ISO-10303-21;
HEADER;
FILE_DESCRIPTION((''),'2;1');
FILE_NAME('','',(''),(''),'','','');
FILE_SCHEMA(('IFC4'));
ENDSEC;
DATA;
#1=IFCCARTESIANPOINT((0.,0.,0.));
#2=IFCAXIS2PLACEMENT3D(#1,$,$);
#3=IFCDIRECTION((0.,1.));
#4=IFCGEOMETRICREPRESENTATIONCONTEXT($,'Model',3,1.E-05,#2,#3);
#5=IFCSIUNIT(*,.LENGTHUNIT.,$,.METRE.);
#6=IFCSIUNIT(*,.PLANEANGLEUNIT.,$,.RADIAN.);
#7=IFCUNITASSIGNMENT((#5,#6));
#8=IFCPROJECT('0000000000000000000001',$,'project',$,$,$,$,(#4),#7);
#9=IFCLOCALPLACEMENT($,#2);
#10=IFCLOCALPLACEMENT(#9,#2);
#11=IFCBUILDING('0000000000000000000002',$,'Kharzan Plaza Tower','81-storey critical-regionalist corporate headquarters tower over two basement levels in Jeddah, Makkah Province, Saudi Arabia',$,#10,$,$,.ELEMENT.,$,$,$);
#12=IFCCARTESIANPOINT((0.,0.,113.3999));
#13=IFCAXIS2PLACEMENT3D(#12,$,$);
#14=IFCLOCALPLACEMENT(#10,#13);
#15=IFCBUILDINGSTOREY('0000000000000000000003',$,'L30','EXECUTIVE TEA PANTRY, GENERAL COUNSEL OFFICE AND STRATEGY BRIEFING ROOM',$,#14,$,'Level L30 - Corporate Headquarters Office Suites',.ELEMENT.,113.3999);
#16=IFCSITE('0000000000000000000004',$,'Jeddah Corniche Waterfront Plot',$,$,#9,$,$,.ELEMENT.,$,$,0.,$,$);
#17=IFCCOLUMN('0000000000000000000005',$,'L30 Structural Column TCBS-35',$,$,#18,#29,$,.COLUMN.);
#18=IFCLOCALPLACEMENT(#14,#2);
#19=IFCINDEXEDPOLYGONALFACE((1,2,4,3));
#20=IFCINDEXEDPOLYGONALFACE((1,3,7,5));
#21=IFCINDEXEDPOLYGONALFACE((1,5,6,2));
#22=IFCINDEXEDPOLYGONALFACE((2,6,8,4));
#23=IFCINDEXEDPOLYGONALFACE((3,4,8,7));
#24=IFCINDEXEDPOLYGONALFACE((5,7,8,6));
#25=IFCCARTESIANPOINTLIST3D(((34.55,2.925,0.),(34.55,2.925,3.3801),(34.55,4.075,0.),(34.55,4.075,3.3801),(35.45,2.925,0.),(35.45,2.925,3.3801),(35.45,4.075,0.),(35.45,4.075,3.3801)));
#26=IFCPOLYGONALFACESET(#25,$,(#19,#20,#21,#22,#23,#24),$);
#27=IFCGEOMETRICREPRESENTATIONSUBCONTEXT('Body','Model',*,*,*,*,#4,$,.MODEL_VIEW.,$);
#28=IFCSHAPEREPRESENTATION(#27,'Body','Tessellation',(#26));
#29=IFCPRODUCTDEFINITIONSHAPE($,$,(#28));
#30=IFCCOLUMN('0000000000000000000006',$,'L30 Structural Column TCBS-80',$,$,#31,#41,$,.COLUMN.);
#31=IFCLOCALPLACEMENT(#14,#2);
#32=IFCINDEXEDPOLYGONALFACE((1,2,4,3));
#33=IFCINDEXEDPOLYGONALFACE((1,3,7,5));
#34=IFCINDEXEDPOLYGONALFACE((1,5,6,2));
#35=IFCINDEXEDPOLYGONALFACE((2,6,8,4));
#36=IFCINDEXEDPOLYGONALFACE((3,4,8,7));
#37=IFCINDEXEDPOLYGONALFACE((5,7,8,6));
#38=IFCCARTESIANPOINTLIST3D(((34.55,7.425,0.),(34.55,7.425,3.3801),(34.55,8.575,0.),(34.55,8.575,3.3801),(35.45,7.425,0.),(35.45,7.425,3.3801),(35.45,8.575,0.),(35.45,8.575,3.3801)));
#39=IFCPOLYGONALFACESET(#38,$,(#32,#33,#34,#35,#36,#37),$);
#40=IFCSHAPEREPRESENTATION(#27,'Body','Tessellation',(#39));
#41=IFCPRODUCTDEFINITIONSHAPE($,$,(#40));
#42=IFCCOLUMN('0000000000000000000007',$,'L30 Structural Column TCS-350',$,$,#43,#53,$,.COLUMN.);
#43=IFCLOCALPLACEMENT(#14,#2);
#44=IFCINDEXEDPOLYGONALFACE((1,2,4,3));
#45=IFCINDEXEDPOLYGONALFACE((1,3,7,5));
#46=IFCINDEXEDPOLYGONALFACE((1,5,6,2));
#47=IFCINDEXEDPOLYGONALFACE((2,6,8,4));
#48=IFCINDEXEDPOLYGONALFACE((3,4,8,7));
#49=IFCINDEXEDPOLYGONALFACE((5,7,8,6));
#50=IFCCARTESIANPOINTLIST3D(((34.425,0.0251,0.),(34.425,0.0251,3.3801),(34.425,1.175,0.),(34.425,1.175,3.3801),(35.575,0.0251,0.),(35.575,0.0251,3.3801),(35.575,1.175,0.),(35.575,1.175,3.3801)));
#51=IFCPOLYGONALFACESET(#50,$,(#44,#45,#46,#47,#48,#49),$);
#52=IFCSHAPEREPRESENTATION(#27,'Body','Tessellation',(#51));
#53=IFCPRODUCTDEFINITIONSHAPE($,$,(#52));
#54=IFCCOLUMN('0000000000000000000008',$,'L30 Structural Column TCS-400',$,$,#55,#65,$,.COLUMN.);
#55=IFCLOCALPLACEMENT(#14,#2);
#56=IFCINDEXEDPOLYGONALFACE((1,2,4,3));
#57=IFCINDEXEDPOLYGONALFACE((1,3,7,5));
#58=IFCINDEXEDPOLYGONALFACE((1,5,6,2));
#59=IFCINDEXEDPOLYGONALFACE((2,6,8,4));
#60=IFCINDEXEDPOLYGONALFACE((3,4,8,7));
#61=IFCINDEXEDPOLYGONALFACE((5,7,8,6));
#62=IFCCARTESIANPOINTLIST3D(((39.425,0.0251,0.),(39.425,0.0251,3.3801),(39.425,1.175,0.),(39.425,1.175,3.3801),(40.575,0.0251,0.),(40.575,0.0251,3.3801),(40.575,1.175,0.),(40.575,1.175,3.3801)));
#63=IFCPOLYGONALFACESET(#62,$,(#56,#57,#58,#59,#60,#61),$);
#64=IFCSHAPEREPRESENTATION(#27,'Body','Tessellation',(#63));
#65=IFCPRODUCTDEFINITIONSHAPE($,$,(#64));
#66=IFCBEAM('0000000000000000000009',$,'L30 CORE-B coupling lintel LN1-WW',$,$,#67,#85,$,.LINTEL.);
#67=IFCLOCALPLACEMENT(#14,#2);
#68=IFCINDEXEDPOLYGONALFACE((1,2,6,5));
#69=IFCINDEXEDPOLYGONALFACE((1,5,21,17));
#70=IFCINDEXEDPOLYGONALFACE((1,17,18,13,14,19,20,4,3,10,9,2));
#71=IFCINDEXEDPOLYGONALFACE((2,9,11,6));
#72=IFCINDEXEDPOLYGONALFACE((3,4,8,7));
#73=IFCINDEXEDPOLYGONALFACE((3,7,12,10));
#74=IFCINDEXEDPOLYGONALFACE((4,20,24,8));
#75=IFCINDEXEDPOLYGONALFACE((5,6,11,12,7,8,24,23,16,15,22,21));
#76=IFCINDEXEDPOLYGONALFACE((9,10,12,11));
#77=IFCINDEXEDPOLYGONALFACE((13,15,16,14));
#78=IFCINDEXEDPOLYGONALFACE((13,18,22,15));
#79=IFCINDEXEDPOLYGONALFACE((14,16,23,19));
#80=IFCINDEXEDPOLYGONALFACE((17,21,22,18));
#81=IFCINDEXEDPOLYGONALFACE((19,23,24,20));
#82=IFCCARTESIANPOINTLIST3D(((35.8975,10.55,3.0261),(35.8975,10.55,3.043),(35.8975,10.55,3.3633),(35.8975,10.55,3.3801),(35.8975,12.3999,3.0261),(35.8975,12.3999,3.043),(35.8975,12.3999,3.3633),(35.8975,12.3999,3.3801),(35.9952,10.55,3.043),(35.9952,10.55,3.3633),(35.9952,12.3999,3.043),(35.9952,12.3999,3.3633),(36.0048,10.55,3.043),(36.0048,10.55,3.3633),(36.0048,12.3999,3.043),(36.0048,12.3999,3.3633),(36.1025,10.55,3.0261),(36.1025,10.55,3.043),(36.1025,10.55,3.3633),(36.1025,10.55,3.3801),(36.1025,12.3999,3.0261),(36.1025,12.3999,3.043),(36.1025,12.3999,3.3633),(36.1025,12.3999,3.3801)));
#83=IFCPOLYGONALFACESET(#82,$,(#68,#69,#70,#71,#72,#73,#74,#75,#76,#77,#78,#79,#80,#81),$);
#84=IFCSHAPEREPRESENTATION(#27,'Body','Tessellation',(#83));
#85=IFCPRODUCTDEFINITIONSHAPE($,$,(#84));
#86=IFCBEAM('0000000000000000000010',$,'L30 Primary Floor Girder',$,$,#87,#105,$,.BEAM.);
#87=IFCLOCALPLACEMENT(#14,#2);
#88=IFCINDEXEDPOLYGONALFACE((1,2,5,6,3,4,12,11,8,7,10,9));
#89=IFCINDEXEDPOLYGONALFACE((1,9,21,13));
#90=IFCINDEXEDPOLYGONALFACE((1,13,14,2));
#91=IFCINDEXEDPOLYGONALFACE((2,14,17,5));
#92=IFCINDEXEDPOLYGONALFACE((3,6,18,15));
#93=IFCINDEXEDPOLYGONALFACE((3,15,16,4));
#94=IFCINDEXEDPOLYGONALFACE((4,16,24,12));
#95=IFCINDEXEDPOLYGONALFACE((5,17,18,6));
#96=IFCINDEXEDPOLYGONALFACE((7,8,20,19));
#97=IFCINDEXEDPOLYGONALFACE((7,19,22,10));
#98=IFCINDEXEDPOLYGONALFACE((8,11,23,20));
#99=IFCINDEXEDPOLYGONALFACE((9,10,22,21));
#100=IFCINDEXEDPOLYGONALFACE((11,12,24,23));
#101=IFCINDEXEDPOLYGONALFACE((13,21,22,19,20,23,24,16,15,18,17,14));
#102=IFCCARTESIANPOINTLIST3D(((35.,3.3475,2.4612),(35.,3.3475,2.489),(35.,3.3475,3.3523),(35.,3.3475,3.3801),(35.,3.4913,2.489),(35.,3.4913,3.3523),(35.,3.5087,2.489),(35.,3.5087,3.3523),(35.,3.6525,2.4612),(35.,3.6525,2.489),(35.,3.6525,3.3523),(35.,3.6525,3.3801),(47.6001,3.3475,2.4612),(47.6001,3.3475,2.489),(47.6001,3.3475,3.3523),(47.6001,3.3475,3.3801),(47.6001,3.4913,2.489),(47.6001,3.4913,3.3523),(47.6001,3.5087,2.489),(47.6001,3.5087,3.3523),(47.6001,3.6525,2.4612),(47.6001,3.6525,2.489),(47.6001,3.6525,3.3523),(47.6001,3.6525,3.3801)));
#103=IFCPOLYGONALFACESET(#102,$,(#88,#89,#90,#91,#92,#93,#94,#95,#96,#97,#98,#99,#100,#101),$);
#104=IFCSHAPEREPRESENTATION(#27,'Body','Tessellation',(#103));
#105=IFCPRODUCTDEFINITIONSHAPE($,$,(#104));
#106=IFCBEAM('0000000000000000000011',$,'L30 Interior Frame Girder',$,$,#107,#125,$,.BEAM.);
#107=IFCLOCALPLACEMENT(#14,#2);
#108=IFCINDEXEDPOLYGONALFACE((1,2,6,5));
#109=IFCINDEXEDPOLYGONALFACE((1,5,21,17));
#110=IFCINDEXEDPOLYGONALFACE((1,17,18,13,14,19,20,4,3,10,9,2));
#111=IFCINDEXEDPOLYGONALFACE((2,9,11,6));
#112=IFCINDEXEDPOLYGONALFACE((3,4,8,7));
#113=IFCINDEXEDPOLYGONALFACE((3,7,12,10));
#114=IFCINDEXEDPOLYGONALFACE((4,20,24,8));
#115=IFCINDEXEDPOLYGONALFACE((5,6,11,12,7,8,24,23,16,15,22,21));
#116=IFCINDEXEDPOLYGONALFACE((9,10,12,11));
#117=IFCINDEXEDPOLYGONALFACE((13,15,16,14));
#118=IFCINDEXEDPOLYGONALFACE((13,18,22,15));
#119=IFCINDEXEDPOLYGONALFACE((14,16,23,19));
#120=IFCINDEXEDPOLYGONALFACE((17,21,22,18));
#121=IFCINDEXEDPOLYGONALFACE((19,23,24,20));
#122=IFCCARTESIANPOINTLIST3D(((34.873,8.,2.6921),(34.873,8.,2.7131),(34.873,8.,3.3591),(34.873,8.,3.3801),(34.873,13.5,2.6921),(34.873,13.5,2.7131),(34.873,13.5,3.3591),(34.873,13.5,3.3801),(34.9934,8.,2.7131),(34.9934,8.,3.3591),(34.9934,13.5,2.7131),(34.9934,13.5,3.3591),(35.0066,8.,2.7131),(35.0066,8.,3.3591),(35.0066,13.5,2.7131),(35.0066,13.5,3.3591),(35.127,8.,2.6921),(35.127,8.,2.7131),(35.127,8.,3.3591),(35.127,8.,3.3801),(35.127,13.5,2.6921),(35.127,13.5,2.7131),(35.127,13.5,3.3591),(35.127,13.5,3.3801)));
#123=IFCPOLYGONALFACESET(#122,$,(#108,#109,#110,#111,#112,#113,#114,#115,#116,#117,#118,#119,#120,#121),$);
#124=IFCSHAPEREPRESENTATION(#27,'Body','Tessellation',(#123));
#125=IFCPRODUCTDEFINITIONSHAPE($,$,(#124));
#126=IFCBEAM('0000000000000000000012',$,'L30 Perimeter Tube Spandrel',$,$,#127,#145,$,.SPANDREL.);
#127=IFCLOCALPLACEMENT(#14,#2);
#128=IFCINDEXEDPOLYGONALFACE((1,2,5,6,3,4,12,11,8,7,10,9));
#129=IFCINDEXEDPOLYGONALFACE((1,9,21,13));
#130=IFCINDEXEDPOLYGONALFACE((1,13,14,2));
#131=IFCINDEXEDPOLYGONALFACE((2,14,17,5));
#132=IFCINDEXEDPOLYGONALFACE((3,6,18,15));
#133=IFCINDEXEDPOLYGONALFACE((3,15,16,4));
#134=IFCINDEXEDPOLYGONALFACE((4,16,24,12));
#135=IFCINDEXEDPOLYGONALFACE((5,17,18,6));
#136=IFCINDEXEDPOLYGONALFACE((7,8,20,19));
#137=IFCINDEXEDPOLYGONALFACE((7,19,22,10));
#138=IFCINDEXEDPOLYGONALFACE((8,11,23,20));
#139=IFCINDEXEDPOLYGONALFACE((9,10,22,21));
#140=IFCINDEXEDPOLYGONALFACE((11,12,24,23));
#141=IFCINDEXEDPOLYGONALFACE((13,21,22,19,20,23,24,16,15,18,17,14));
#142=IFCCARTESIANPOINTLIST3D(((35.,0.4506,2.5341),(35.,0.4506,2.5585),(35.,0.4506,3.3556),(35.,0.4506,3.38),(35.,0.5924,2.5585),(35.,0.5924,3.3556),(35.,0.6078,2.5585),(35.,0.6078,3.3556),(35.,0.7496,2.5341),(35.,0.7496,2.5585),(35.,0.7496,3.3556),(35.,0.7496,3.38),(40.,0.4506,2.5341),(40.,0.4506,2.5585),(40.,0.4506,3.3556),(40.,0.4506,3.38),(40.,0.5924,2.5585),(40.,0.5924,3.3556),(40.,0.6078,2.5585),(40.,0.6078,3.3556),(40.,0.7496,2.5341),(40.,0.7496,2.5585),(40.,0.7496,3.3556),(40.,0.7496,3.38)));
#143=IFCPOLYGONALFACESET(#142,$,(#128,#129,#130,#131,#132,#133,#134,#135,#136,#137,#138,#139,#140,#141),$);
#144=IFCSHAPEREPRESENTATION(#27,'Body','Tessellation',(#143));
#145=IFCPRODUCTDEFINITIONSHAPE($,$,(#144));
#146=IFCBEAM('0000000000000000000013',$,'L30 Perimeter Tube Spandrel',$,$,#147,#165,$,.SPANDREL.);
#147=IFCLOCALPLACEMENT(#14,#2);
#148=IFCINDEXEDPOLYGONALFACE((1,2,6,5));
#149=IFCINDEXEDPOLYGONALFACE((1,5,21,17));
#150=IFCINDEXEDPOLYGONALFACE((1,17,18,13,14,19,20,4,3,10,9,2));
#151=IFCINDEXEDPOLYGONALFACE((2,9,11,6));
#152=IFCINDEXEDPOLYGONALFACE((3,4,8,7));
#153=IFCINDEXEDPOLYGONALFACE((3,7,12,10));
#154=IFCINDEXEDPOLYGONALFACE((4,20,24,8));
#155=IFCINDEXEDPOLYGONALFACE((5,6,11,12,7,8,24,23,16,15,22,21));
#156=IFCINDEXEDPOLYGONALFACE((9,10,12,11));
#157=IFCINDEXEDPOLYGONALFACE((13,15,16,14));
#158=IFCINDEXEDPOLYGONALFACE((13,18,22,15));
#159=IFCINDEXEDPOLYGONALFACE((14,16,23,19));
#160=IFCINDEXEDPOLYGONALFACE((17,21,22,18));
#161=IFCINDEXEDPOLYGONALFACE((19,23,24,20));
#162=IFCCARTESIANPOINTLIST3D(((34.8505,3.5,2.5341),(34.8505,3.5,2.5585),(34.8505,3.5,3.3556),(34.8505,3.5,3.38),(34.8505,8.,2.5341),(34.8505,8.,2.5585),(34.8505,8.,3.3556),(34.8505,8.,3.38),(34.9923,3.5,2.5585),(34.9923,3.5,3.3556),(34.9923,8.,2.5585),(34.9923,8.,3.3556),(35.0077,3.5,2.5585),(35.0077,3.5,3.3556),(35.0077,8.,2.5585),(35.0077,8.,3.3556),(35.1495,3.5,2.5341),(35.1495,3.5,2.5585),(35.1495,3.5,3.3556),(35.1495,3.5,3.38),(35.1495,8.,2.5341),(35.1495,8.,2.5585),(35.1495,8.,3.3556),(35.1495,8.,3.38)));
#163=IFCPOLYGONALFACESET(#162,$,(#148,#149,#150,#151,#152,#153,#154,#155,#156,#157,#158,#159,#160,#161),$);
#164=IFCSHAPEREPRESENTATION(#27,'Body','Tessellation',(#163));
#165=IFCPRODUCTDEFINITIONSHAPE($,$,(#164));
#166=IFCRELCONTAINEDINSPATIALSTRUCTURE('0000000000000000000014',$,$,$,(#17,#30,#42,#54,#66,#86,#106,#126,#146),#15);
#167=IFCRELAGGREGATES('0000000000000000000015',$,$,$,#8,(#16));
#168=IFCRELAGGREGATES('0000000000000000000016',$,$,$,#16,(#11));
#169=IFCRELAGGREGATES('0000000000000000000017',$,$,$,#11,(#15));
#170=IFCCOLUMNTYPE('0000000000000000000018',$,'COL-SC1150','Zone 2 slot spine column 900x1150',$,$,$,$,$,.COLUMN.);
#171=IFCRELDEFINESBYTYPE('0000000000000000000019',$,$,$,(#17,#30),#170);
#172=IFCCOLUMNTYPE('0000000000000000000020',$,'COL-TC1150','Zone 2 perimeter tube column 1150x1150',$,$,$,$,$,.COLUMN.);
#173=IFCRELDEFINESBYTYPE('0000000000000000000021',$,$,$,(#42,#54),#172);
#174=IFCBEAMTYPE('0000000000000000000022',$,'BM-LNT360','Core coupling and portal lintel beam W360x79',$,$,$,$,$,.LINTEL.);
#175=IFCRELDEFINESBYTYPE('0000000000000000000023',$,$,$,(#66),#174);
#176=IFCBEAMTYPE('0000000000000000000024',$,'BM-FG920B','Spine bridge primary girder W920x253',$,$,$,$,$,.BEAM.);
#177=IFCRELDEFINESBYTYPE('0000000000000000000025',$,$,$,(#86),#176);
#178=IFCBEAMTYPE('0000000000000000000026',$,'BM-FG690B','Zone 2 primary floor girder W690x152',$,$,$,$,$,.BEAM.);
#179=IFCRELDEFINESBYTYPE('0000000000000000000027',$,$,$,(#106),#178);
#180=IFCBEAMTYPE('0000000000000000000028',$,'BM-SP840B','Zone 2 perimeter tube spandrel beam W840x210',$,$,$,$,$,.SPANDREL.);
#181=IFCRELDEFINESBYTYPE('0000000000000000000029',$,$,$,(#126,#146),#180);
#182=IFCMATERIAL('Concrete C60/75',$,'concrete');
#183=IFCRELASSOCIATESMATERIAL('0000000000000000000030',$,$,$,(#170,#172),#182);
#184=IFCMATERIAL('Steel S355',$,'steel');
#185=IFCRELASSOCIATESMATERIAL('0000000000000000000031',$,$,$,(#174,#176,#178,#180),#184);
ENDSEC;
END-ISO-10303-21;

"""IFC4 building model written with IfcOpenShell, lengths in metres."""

from ifc_helpers import new_model, si_unit, direction, frame, origin, origin_2d, place, context, subcontext, project, spatial, rectangle, i_section, extrude, source, transform, mapped, material, material_profile, profile_set, type_object, element, save


model = new_model("IFC4")

# Units and contexts
model_context = context("Model", 3, precision=1e-05, world=origin(), true_north=direction((0.0, 1.0)))
body_context = subcontext(model_context, "Body", "Model", "MODEL_VIEW")
ifc_project = project(units=[si_unit("LENGTHUNIT", "METRE"), si_unit("PLANEANGLEUNIT", "RADIAN")], contexts=[model_context])

# Site, building, storey
site_placement = place(None, origin())
site = spatial("IfcSite", under=ifc_project, at=site_placement, Name="Jeddah Corniche Waterfront Plot", CompositionType="ELEMENT", RefElevation=0.0)
building_placement = place(site_placement, origin())
building = spatial("IfcBuilding", under=site, at=building_placement, Name="Kharzan Plaza Tower", Description="81-storey critical-regionalist corporate headquarters tower over two basement levels in Jeddah, Makkah Province, Saudi Arabia", CompositionType="ELEMENT")
storey_placement = place(building_placement, frame((0.0, 0.0, 113.3999)))
storey = spatial("IfcBuildingStorey", under=building, at=storey_placement, Name="L30", Description="EXECUTIVE TEA PANTRY, GENERAL COUNSEL OFFICE AND STRATEGY BRIEFING ROOM", LongName="Level L30 - Corporate Headquarters Office Suites", CompositionType="ELEMENT", Elevation=113.3999)

# Columns
ifc_material_1 = material(Name="Concrete C60/75", Category="concrete")
ifc_material_profile_1 = material_profile(ifc_material_1, rectangle(XDim=0.8999, YDim=1.1499, at=origin_2d()), Name="RC-SC1150x900")
ifc_profile_set_1 = profile_set([ifc_material_profile_1], Name="Concrete C60/75")
column_type_1 = type_object("IfcColumnType", Name="COL-SC1150", Description="Zone 2 slot spine column 900x1150", PredefinedType="COLUMN", material=ifc_profile_set_1)
shared_shape_1 = source(origin(), body_context, "Body", "SweptSolid", [
    extrude(rectangle(XDim=0.8999, YDim=1.1499, at=origin_2d()), origin(), (0.0, 0.0, 1.0), 3.3801),
])
for number, where, z_axis, x_axis, name in (
    (1, (35.0, 3.5, 0.0), (0.0, 0.0, 1.0), (1.0, 0.0, 0.0), "L30 Structural Column TCBS-35"),
    (2, (35.0, 8.0, 0.0), (0.0, 0.0, 1.0), (1.0, 0.0, 0.0), "L30 Structural Column TCBS-80"),
):
    element("IfcColumn", number, at=place(storey_placement, frame(where, z_axis=z_axis, x_axis=x_axis)), inside=storey, type_object=column_type_1, Name=name, PredefinedType="COLUMN", context=body_context, shape_type="MappedRepresentation", body=[
        mapped(shared_shape_1, transform((0.0, 0.0, 0.0), x_axis=(1.0, 0.0, 0.0), y_axis=(0.0, 1.0, 0.0), z_axis=(0.0, 0.0, 1.0))),
    ])
ifc_material_profile_2 = material_profile(ifc_material_1, rectangle(XDim=1.1499, YDim=1.1499, at=origin_2d()), Name="RC-TC1150x1150")
ifc_profile_set_2 = profile_set([ifc_material_profile_2], Name="Concrete C60/75")
column_type_2 = type_object("IfcColumnType", Name="COL-TC1150", Description="Zone 2 perimeter tube column 1150x1150", PredefinedType="COLUMN", material=ifc_profile_set_2)
shared_shape_2 = source(origin(), body_context, "Body", "SweptSolid", [
    extrude(rectangle(XDim=1.1499, YDim=1.1499, at=origin_2d()), origin(), (0.0, 0.0, 1.0), 3.3801),
])
for number, where, z_axis, x_axis, name in (
    (3, (35.0, 0.6001, 0.0), (0.0, 0.0, 1.0), (1.0, 0.0, 0.0), "L30 Structural Column TCS-350"),
    (4, (40.0, 0.6001, 0.0), (0.0, 0.0, 1.0), (1.0, 0.0, 0.0), "L30 Structural Column TCS-400"),
):
    element("IfcColumn", number, at=place(storey_placement, frame(where, z_axis=z_axis, x_axis=x_axis)), inside=storey, type_object=column_type_2, Name=name, PredefinedType="COLUMN", context=body_context, shape_type="MappedRepresentation", body=[
        mapped(shared_shape_2, transform((0.0, 0.0, 0.0), x_axis=(1.0, 0.0, 0.0), y_axis=(0.0, 1.0, 0.0), z_axis=(0.0, 0.0, 1.0))),
    ])

# Beams
ifc_material_2 = material(Name="Steel S355", Category="steel")
ifc_material_profile_3 = material_profile(ifc_material_2, i_section(OverallWidth=0.2051, OverallDepth=0.354, WebThickness=0.0095, FlangeThickness=0.0168, at=origin_2d()), Name="W360x79")
ifc_profile_set_3 = profile_set([ifc_material_profile_3], Name="Steel S355")
beam_type_1 = type_object("IfcBeamType", Name="BM-LNT360", Description="Core coupling and portal lintel beam W360x79", PredefinedType="LINTEL", material=ifc_profile_set_3)
shared_shape_3 = source(origin(), body_context, "Body", "SweptSolid", [
    extrude(i_section(OverallWidth=0.2051, OverallDepth=0.354, WebThickness=0.0095, FlangeThickness=0.0168, at=origin_2d()), origin(), (0.0, 0.0, 1.0), 1.8499),
])
beam_1_placement = place(storey_placement, frame((36.0, 10.55, 3.2031), z_axis=(0.0, 1.0, 0.0), x_axis=(-1.0, 0.0, 0.0)))
element("IfcBeam", 5, at=beam_1_placement, inside=storey, type_object=beam_type_1, Name="L30 CORE-B coupling lintel LN1-WW", PredefinedType="LINTEL", context=body_context, shape_type="MappedRepresentation", body=[
    mapped(shared_shape_3, transform((0.0, 0.0, 0.0), x_axis=(1.0, 0.0, 0.0), y_axis=(0.0, 1.0, 0.0), z_axis=(0.0, 0.0, 1.0))),
])
ifc_material_profile_4 = material_profile(ifc_material_2, i_section(OverallWidth=0.3049, OverallDepth=0.9189, WebThickness=0.0173, FlangeThickness=0.0278, at=origin_2d()), Name="W920x253")
ifc_profile_set_4 = profile_set([ifc_material_profile_4], Name="Steel S355")
beam_type_2 = type_object("IfcBeamType", Name="BM-FG920B", Description="Spine bridge primary girder W920x253", PredefinedType="BEAM", material=ifc_profile_set_4)
shared_shape_4 = source(origin(), body_context, "Body", "SweptSolid", [
    extrude(i_section(OverallWidth=0.3049, OverallDepth=0.9189, WebThickness=0.0173, FlangeThickness=0.0278, at=origin_2d()), origin(), (0.0, 0.0, 1.0), 12.6001),
])
beam_2_placement = place(storey_placement, frame((35.0, 3.5, 2.9207), z_axis=(1.0, 0.0, 0.0), x_axis=(0.0, 1.0, 0.0)))
element("IfcBeam", 6, at=beam_2_placement, inside=storey, type_object=beam_type_2, Name="L30 Primary Floor Girder", PredefinedType="BEAM", context=body_context, shape_type="MappedRepresentation", body=[
    mapped(shared_shape_4, transform((0.0, 0.0, 0.0), x_axis=(1.0, 0.0, 0.0), y_axis=(0.0, 1.0, 0.0), z_axis=(0.0, 0.0, 1.0))),
])
ifc_material_profile_5 = material_profile(ifc_material_2, i_section(OverallWidth=0.2539, OverallDepth=0.688, WebThickness=0.0132, FlangeThickness=0.021, at=origin_2d()), Name="W690x152")
ifc_profile_set_5 = profile_set([ifc_material_profile_5], Name="Steel S355")
beam_type_3 = type_object("IfcBeamType", Name="BM-FG690B", Description="Zone 2 primary floor girder W690x152", PredefinedType="BEAM", material=ifc_profile_set_5)
shared_shape_5 = source(origin(), body_context, "Body", "SweptSolid", [
    extrude(i_section(OverallWidth=0.2539, OverallDepth=0.688, WebThickness=0.0132, FlangeThickness=0.021, at=origin_2d()), origin(), (0.0, 0.0, 1.0), 5.5),
])
beam_3_placement = place(storey_placement, frame((35.0, 8.0, 3.0361), z_axis=(0.0, 1.0, 0.0), x_axis=(-1.0, 0.0, 0.0)))
element("IfcBeam", 7, at=beam_3_placement, inside=storey, type_object=beam_type_3, Name="L30 Interior Frame Girder", PredefinedType="BEAM", context=body_context, shape_type="MappedRepresentation", body=[
    mapped(shared_shape_5, transform((0.0, 0.0, 0.0), x_axis=(1.0, 0.0, 0.0), y_axis=(0.0, 1.0, 0.0), z_axis=(0.0, 0.0, 1.0))),
])
ifc_material_profile_6 = material_profile(ifc_material_2, i_section(OverallWidth=0.2991, OverallDepth=0.8459, WebThickness=0.0154, FlangeThickness=0.0244, at=origin_2d()), Name="W840x210")
ifc_profile_set_6 = profile_set([ifc_material_profile_6], Name="Steel S355")
beam_type_4 = type_object("IfcBeamType", Name="BM-SP840B", Description="Zone 2 perimeter tube spandrel beam W840x210", PredefinedType="SPANDREL", material=ifc_profile_set_6)
shared_shape_6 = source(origin(), body_context, "Body", "SweptSolid", [
    extrude(i_section(OverallWidth=0.2991, OverallDepth=0.8459, WebThickness=0.0154, FlangeThickness=0.0244, at=origin_2d()), origin(), (0.0, 0.0, 1.0), 5.0),
])
beam_4_placement = place(storey_placement, frame((35.0, 0.6001, 2.957), z_axis=(1.0, 0.0, 0.0), x_axis=(0.0, 1.0, 0.0)))
element("IfcBeam", 8, at=beam_4_placement, inside=storey, type_object=beam_type_4, Name="L30 Perimeter Tube Spandrel", PredefinedType="SPANDREL", context=body_context, shape_type="MappedRepresentation", body=[
    mapped(shared_shape_6, transform((0.0, 0.0, 0.0), x_axis=(1.0, 0.0, 0.0), y_axis=(0.0, 1.0, 0.0), z_axis=(0.0, 0.0, 1.0))),
])
shared_shape_7 = source(origin(), body_context, "Body", "SweptSolid", [
    extrude(i_section(OverallWidth=0.2991, OverallDepth=0.8459, WebThickness=0.0154, FlangeThickness=0.0244, at=origin_2d()), origin(), (0.0, 0.0, 1.0), 4.5),
])
beam_5_placement = place(storey_placement, frame((35.0, 3.5, 2.957), z_axis=(0.0, 1.0, 0.0), x_axis=(-1.0, 0.0, 0.0)))
element("IfcBeam", 9, at=beam_5_placement, inside=storey, type_object=beam_type_4, Name="L30 Perimeter Tube Spandrel", PredefinedType="SPANDREL", context=body_context, shape_type="MappedRepresentation", body=[
    mapped(shared_shape_7, transform((0.0, 0.0, 0.0), x_axis=(1.0, 0.0, 0.0), y_axis=(0.0, 1.0, 0.0), z_axis=(0.0, 0.0, 1.0))),
])

save(model, "model.ifc")
